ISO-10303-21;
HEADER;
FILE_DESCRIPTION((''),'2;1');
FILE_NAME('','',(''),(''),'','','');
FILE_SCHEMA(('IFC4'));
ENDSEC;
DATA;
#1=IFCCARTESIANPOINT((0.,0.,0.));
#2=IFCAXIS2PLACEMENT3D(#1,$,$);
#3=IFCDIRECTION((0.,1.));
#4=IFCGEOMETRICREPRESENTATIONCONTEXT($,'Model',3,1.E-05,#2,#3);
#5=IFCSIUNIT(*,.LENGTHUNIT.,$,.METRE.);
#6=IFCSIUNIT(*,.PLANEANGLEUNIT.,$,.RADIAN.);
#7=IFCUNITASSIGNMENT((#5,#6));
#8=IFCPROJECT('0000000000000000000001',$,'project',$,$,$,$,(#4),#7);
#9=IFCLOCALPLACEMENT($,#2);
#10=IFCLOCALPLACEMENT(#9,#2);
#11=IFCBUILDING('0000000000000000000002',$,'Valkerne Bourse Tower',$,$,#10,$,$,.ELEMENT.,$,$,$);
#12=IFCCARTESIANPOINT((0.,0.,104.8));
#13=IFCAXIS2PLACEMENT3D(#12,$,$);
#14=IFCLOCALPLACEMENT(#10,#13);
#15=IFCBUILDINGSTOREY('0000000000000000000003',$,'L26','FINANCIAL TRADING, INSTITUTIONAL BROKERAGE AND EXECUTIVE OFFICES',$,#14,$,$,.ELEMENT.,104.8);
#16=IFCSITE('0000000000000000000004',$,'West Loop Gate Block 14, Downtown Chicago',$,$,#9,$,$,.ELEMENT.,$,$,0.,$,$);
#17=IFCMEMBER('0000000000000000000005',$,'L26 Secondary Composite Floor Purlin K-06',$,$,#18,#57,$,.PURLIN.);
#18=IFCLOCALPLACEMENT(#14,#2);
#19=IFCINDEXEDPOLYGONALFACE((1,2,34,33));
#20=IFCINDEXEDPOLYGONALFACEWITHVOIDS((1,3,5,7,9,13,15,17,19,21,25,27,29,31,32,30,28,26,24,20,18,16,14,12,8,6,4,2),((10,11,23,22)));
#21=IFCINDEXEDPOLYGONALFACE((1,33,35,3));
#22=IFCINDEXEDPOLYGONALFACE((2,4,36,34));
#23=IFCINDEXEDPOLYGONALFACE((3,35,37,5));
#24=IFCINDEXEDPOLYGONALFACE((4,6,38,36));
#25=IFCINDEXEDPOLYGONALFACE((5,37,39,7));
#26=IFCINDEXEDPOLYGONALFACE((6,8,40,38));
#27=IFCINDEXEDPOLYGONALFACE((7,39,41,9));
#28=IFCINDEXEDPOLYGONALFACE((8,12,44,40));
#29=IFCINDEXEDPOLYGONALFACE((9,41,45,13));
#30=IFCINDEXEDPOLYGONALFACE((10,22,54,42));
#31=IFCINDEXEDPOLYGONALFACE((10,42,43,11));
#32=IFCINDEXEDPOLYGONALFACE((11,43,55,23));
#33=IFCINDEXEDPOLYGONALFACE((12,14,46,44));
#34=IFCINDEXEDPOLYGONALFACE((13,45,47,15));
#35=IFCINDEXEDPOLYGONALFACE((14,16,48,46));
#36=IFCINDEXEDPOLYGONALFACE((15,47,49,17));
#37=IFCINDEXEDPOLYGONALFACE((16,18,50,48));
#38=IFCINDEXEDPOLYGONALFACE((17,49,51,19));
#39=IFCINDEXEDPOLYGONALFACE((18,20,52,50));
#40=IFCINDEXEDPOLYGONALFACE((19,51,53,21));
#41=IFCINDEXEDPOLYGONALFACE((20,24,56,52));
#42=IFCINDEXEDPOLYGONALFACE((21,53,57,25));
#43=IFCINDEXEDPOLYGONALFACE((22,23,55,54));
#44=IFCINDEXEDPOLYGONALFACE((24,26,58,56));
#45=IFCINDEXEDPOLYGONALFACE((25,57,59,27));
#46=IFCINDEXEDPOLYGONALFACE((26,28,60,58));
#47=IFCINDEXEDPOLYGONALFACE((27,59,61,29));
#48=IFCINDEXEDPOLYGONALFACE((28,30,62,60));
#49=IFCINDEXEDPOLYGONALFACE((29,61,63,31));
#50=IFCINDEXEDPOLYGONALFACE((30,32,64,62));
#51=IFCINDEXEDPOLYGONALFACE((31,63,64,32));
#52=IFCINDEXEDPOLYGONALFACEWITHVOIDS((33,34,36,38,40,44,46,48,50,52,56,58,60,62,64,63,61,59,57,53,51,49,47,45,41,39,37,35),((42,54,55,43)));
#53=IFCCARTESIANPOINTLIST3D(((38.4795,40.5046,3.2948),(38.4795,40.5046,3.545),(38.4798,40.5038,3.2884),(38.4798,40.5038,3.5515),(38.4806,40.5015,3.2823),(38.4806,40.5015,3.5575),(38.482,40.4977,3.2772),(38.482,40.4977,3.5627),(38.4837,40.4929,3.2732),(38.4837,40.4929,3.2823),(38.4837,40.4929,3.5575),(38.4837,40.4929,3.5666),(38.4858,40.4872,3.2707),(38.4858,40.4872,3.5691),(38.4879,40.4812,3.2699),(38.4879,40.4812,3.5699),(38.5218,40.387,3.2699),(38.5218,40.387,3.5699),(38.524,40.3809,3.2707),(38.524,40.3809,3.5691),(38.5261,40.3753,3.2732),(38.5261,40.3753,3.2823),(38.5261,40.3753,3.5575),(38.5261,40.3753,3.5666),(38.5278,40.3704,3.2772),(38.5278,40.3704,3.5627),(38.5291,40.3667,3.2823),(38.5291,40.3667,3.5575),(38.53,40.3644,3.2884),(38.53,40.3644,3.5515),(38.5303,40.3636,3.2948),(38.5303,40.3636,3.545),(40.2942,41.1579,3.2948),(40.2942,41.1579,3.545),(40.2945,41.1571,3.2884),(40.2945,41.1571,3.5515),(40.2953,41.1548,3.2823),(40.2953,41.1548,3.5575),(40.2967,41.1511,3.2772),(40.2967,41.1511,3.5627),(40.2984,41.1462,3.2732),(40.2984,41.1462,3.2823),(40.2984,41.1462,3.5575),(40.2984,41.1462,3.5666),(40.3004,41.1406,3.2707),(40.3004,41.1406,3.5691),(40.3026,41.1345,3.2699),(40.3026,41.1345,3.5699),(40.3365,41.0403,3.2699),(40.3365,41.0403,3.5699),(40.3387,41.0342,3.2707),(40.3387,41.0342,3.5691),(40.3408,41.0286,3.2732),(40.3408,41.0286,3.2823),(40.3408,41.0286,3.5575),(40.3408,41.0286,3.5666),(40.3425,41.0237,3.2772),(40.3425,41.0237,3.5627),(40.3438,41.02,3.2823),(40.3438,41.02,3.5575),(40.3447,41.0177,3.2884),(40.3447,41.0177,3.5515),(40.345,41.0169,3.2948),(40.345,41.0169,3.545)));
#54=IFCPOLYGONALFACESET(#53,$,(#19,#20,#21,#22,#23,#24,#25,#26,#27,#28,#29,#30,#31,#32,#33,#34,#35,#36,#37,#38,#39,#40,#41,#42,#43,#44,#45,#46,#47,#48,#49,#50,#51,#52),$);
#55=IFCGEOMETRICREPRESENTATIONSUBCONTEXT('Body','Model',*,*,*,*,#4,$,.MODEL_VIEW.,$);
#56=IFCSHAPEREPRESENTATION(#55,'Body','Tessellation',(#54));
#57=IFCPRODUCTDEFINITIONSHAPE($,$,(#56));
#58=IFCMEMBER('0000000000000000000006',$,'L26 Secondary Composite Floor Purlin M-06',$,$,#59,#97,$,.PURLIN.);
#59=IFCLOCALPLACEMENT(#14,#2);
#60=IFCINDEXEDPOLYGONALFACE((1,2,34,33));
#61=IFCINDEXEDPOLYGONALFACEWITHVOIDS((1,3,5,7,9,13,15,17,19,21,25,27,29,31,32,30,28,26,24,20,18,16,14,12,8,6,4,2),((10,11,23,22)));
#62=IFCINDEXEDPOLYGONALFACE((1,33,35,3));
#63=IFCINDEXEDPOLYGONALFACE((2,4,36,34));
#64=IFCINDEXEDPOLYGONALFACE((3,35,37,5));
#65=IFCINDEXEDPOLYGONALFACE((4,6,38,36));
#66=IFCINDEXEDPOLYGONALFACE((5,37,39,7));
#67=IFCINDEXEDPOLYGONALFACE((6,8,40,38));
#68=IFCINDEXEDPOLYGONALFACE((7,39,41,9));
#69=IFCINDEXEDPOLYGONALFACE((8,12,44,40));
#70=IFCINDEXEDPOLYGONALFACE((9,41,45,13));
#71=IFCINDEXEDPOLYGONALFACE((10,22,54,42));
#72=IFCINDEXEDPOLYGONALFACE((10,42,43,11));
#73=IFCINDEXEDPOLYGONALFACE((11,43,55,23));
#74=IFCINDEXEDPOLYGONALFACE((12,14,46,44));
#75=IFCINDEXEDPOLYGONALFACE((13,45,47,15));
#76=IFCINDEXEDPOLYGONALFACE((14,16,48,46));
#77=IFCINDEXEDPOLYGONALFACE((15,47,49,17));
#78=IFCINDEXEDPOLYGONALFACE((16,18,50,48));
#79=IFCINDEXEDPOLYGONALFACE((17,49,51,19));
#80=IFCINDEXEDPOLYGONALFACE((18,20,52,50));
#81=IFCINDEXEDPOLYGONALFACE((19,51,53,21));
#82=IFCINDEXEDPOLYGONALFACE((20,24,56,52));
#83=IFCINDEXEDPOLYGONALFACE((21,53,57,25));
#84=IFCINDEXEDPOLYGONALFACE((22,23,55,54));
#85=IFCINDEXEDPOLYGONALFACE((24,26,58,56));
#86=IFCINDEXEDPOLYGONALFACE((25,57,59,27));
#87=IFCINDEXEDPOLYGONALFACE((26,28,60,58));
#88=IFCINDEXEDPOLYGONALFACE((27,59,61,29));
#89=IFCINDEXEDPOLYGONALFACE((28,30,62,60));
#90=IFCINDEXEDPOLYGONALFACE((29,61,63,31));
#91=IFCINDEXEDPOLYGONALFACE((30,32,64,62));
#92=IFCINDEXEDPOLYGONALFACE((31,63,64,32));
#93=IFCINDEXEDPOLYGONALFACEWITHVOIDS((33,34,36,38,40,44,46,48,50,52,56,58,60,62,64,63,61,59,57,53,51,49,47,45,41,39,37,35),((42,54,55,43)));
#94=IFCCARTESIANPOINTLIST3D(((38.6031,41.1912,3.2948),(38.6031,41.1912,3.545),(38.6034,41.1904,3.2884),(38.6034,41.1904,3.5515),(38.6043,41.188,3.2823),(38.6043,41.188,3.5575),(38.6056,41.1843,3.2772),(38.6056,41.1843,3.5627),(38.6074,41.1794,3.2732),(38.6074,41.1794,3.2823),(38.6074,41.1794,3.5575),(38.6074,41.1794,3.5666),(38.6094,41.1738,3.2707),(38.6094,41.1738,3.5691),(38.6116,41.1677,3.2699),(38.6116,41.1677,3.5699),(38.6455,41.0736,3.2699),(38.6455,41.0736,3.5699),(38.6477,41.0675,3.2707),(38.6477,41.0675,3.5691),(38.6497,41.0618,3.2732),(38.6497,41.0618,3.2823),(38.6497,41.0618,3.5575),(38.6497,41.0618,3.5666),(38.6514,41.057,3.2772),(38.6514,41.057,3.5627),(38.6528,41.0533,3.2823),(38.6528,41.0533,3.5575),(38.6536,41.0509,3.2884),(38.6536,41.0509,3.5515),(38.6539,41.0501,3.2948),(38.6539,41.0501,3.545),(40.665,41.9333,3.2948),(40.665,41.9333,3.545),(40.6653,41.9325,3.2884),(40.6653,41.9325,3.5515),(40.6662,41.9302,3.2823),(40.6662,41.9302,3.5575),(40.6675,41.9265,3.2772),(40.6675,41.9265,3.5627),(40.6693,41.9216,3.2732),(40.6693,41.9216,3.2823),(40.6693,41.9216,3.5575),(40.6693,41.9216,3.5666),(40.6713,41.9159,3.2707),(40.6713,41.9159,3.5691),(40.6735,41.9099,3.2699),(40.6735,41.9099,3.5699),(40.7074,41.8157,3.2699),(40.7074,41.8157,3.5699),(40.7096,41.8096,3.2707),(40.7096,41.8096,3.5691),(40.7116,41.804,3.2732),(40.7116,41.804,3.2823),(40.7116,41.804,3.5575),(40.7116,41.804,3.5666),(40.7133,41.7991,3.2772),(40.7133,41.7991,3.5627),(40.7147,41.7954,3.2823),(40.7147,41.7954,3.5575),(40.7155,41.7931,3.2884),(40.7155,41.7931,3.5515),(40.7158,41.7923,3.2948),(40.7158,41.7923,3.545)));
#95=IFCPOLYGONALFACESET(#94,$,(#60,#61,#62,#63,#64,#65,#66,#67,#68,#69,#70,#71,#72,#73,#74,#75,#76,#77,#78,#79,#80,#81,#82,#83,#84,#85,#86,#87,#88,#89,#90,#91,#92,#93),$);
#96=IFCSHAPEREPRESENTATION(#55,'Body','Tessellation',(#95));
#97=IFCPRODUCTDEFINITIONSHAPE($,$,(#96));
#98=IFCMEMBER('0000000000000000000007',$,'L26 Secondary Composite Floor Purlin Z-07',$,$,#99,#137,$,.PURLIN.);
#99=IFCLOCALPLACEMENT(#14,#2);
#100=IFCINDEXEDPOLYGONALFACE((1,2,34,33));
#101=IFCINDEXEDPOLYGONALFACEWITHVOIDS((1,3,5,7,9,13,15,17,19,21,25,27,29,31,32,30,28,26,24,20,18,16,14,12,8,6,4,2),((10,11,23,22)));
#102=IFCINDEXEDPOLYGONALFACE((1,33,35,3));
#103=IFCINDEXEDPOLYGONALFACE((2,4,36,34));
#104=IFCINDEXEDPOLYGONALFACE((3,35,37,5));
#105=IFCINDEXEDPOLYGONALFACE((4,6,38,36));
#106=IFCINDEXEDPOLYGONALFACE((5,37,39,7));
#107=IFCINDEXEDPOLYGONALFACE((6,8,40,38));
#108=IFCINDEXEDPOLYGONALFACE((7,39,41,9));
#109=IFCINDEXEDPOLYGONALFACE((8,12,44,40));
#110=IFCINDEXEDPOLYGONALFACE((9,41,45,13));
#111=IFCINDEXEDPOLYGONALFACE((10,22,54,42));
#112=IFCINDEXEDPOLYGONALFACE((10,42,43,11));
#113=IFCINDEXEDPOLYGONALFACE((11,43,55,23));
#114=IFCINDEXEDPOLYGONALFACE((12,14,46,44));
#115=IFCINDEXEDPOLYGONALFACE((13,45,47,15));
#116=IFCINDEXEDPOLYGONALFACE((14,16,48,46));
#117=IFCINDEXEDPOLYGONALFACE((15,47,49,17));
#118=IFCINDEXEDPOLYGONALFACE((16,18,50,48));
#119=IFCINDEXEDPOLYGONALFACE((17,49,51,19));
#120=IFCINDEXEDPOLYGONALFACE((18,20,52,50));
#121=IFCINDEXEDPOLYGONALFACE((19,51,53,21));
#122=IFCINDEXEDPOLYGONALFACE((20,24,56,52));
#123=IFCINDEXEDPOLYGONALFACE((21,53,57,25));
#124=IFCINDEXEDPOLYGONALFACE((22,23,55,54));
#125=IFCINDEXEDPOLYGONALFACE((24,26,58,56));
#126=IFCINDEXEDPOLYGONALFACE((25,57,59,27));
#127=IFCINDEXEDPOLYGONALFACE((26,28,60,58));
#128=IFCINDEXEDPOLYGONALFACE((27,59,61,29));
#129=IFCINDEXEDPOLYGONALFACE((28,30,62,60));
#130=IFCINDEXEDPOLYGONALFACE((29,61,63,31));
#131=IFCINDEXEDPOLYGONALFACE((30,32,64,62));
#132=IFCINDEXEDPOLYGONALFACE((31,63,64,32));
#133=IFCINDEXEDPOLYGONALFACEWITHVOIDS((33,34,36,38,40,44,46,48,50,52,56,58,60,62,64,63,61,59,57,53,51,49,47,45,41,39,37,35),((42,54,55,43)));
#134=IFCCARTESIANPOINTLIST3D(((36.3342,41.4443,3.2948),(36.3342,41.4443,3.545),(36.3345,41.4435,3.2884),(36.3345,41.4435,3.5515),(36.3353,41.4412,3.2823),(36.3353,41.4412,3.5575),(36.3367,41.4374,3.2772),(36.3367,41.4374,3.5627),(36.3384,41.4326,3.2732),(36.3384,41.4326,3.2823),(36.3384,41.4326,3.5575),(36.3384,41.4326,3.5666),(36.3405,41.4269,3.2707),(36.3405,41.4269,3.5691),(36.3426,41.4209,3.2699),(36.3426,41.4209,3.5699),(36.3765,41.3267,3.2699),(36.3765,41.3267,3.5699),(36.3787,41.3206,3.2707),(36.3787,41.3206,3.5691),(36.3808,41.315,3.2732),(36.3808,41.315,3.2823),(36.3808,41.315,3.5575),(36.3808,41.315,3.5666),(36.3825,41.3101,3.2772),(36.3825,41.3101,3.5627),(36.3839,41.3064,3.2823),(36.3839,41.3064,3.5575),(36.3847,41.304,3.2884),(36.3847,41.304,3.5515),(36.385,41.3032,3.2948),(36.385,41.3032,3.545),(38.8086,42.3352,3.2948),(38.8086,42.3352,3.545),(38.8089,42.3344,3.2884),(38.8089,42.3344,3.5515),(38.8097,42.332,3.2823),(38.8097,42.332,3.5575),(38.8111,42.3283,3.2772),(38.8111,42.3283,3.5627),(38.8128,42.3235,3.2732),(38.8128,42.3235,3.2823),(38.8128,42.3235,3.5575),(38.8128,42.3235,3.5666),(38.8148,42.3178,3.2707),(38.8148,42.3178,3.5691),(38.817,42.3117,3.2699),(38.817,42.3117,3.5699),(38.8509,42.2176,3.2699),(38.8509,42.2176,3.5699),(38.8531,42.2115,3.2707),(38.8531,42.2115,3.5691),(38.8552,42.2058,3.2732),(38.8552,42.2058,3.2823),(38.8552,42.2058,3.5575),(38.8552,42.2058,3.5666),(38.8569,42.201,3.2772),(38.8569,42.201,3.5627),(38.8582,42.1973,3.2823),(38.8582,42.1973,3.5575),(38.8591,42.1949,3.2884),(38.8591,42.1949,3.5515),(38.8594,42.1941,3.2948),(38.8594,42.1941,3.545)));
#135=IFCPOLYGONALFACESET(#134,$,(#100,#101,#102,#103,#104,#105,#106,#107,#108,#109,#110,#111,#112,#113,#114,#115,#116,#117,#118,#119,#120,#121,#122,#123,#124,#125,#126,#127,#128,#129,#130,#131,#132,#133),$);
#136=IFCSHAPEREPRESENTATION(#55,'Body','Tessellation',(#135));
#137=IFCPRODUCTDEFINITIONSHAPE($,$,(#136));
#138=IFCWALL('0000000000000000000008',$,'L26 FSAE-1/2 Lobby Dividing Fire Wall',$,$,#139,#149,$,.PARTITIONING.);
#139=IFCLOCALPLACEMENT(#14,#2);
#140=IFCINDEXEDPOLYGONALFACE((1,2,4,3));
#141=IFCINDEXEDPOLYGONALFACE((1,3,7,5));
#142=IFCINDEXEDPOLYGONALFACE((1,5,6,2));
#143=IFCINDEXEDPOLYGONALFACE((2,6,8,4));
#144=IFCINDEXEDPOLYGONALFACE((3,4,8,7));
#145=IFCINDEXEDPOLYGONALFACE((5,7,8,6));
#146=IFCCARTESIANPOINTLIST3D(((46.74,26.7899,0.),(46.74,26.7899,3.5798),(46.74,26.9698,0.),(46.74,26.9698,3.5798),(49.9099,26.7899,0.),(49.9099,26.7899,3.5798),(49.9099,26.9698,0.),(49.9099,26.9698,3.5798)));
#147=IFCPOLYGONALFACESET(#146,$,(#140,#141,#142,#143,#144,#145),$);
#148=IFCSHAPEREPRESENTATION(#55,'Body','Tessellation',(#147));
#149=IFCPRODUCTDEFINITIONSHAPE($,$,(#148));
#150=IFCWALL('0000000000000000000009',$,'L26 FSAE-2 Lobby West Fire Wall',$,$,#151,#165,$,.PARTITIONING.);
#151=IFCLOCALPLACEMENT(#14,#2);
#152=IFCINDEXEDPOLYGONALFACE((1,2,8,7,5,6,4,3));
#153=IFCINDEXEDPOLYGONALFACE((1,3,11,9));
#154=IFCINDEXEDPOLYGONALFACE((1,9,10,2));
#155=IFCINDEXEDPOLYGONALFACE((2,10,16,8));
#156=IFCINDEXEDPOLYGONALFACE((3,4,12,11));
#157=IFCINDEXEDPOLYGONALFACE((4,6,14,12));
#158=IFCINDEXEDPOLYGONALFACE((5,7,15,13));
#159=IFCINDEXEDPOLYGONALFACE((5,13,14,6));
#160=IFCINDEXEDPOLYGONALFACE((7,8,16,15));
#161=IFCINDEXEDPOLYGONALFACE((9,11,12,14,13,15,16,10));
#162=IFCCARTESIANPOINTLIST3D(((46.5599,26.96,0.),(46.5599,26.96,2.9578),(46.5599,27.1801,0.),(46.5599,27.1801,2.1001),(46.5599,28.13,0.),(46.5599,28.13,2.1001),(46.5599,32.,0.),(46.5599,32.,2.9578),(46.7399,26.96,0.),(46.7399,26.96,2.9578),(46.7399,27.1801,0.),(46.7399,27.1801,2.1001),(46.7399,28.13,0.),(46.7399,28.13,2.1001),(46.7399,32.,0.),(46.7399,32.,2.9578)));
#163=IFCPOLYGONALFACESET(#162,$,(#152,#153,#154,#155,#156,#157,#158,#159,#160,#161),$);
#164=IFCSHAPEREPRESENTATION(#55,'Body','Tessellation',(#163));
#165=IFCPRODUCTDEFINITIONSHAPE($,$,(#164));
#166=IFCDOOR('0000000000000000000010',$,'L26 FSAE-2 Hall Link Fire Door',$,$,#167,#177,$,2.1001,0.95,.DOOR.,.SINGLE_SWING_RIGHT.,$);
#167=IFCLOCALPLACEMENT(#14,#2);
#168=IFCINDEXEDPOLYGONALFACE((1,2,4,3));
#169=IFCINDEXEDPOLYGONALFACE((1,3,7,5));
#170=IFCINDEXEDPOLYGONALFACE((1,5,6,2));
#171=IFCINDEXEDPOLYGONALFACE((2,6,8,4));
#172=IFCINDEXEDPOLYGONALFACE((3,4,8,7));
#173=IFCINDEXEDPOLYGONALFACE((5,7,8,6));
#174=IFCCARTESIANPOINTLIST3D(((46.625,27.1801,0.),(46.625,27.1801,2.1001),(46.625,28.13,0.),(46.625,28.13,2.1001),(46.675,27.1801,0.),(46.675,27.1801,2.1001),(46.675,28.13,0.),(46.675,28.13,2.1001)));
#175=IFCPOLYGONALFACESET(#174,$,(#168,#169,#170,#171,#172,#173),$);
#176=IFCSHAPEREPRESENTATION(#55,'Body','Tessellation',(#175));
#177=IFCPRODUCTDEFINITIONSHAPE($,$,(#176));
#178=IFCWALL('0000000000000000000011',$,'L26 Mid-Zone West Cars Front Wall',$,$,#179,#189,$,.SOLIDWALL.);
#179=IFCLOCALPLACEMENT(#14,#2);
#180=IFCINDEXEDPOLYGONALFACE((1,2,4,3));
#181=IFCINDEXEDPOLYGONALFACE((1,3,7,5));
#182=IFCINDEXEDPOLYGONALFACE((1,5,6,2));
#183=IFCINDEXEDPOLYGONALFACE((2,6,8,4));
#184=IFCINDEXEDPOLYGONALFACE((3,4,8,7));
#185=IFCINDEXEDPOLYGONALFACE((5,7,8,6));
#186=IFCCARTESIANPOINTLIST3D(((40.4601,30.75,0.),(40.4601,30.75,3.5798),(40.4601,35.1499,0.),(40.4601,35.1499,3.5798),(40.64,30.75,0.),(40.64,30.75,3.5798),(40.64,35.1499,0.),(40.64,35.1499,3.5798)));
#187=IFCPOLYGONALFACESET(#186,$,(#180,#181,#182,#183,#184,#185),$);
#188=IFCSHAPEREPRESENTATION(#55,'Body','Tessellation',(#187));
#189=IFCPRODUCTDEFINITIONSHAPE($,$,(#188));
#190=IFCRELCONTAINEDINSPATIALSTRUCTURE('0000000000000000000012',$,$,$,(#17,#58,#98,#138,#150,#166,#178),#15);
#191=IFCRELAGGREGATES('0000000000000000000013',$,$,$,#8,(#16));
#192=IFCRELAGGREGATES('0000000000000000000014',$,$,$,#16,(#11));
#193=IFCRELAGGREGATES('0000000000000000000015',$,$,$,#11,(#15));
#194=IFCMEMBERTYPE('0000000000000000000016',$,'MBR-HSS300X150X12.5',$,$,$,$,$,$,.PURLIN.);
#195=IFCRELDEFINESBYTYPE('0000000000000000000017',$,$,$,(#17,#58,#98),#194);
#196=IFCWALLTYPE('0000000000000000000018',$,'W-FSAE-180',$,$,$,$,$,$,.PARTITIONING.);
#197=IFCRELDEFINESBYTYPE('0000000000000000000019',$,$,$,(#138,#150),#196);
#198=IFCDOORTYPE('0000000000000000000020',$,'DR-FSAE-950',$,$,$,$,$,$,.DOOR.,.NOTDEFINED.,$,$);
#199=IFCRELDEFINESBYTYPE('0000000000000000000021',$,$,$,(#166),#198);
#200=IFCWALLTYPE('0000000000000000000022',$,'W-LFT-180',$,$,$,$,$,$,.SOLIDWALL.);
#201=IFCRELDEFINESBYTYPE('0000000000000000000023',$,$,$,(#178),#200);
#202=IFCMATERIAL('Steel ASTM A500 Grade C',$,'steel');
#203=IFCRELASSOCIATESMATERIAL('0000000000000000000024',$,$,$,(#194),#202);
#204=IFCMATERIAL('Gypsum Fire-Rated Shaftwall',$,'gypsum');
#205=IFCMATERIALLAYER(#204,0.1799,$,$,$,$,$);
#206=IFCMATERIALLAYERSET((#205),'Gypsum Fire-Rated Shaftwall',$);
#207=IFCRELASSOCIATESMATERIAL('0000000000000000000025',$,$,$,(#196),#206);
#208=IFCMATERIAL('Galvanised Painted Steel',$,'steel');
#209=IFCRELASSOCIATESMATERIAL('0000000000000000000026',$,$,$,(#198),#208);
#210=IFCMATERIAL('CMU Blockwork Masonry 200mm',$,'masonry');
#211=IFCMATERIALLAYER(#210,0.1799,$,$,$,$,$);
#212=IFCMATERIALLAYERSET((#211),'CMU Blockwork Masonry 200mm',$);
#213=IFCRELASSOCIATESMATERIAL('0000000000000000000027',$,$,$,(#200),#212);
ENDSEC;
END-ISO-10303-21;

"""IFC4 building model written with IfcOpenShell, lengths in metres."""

from ifc_helpers import new_model, si_unit, direction, frame, frame_2d, origin, origin_2d, place, context, subcontext, project, spatial, rectangle, hollow_rectangle, extrude, material, layer, layer_set, material_profile, profile_set, type_object, element, fill, save


model = new_model("IFC4")

# Units and contexts
model_context = context("Model", 3, precision=1e-05, world=origin(), true_north=direction((0.0, 1.0)))
body_context = subcontext(model_context, "Body", "Model", "MODEL_VIEW")
ifc_project = project(units=[si_unit("LENGTHUNIT", "METRE"), si_unit("PLANEANGLEUNIT", "RADIAN")], contexts=[model_context])

# Site, building, storey
site_placement = place(None, origin())
site = spatial("IfcSite", under=ifc_project, at=site_placement, Name="West Loop Gate Block 14, Downtown Chicago", CompositionType="ELEMENT", RefElevation=0.0)
building_placement = place(site_placement, origin())
building = spatial("IfcBuilding", under=site, at=building_placement, Name="Valkerne Bourse Tower", CompositionType="ELEMENT")
storey_placement = place(building_placement, frame((0.0, 0.0, 104.8)))
storey = spatial("IfcBuildingStorey", under=building, at=storey_placement, Name="L26", Description="FINANCIAL TRADING, INSTITUTIONAL BROKERAGE AND EXECUTIVE OFFICES", CompositionType="ELEMENT", Elevation=104.8)

# Members
ifc_material_1 = material(Name="Steel ASTM A500 Grade C", Category="steel")
ifc_material_profile_1 = material_profile(ifc_material_1, hollow_rectangle(XDim=0.1499, YDim=0.3, WallThickness=0.0125, OuterFilletRadius=0.0249, at=origin_2d()), Name="HSS300X150X12.5")
ifc_profile_set_1 = profile_set([ifc_material_profile_1], Name="Steel ASTM A500 Grade C")
member_type = type_object("IfcMemberType", Name="MBR-HSS300X150X12.5", PredefinedType="PURLIN", material=ifc_profile_set_1)
member_1_placement = place(storey_placement, frame((40.3196, 41.0874, 3.4199), z_axis=(-0.940883, -0.338733, 0.0), x_axis=(0.338733, -0.940883, 0.0)))
element("IfcMember", 1, at=member_1_placement, inside=storey, type_object=member_type, Name="L26 Secondary Composite Floor Purlin K-06", PredefinedType="PURLIN", context=body_context, shape_type="SweptSolid", body=[
    extrude(hollow_rectangle(XDim=0.1499, YDim=0.3, WallThickness=0.0125, OuterFilletRadius=0.0249, at=origin_2d()), origin(), (0.0, 0.0, 1.0), 1.9287),
])
member_2_placement = place(storey_placement, frame((40.6904, 41.8628, 3.4199), z_axis=(-0.940907, -0.338664, 0.0), x_axis=(0.338664, -0.940907, 0.0)))
element("IfcMember", 2, at=member_2_placement, inside=storey, type_object=member_type, Name="L26 Secondary Composite Floor Purlin M-06", PredefinedType="PURLIN", context=body_context, shape_type="SweptSolid", body=[
    extrude(hollow_rectangle(XDim=0.1499, YDim=0.3, WallThickness=0.0125, OuterFilletRadius=0.0249, at=origin_2d()), origin(), (0.0, 0.0, 1.0), 2.1914),
])
member_3_placement = place(storey_placement, frame((38.834, 42.2646, 3.4199), z_axis=(-0.940876, -0.338752, 0.0), x_axis=(0.338752, -0.940876, 0.0)))
element("IfcMember", 3, at=member_3_placement, inside=storey, type_object=member_type, Name="L26 Secondary Composite Floor Purlin Z-07", PredefinedType="PURLIN", context=body_context, shape_type="SweptSolid", body=[
    extrude(hollow_rectangle(XDim=0.1499, YDim=0.3, WallThickness=0.0125, OuterFilletRadius=0.0249, at=origin_2d()), origin(), (0.0, 0.0, 1.0), 2.6299),
])

# Wall
ifc_material_2 = material(Name="Gypsum Fire-Rated Shaftwall", Category="gypsum")
ifc_layer_1 = layer(ifc_material_2, 0.1799)
ifc_layer_set_1 = layer_set([ifc_layer_1], Name="Gypsum Fire-Rated Shaftwall")
wall_type_1 = type_object("IfcWallType", Name="W-FSAE-180", PredefinedType="PARTITIONING", material=ifc_layer_set_1)
wall_1_placement = place(storey_placement, frame((46.74, 26.8799, 0.0), z_axis=(0.0, 0.0, 1.0), x_axis=(1.0, 0.0, 0.0)))
element("IfcWall", 4, at=wall_1_placement, inside=storey, type_object=wall_type_1, Name="L26 FSAE-1/2 Lobby Dividing Fire Wall", PredefinedType="PARTITIONING", context=body_context, shape_type="SweptSolid", body=[
    extrude(rectangle(XDim=3.1699, YDim=0.1799, at=frame_2d((1.585, 0.0))), origin(), (0.0, 0.0, 1.0), 3.5798),
])

# Wall, opening, door
wall_2_placement = place(storey_placement, frame((46.6499, 26.96, 0.0), z_axis=(0.0, 0.0, 1.0), x_axis=(0.0, 1.0, 0.0)))
wall_2 = element("IfcWall", 5, at=wall_2_placement, inside=storey, type_object=wall_type_1, Name="L26 FSAE-2 Lobby West Fire Wall", PredefinedType="PARTITIONING", context=body_context, shape_type="SweptSolid", body=[
    extrude(rectangle(XDim=5.04, YDim=0.1799, at=frame_2d((2.52, 0.0))), origin(), (0.0, 0.0, 1.0), 2.9578),
])
opening_1_placement = place(wall_2_placement, frame((0.22, 0.0, 0.0)))
opening_1 = element("IfcOpeningElement", 6, at=opening_1_placement, cuts=wall_2, PredefinedType="OPENING", context=body_context, shape_type="SweptSolid", body=[
    extrude(rectangle(XDim=0.95, YDim=2.1001, at=frame_2d((0.4751, 1.05))), frame((0.0, 0.0999, 0.0), z_axis=(0.0, -1.0, 0.0), x_axis=(1.0, 0.0, 0.0)), (0.0, 0.0, 1.0), 0.2),
])
ifc_material_3 = material(Name="Galvanised Painted Steel", Category="steel")
door_type_1 = type_object("IfcDoorType", Name="DR-FSAE-950", OperationType="NOTDEFINED", PredefinedType="DOOR", material=ifc_material_3)
door_1_placement = place(opening_1_placement, origin())
door_1 = element("IfcDoor", 7, at=door_1_placement, inside=storey, type_object=door_type_1, Name="L26 FSAE-2 Hall Link Fire Door", OperationType="SINGLE_SWING_RIGHT", OverallHeight=2.1001, OverallWidth=0.95, PredefinedType="DOOR", context=body_context, shape_type="SweptSolid", body=[
    extrude(rectangle(XDim=0.95, YDim=2.1001, at=frame_2d((0.4751, 1.05))), frame((0.0, 0.0249, 0.0), z_axis=(0.0, -1.0, 0.0), x_axis=(1.0, 0.0, 0.0)), (0.0, 0.0, 1.0), 0.05),
])
fill(opening_1, door_1)

# Wall
ifc_material_4 = material(Name="CMU Blockwork Masonry 200mm", Category="masonry")
ifc_layer_2 = layer(ifc_material_4, 0.1799)
ifc_layer_set_2 = layer_set([ifc_layer_2], Name="CMU Blockwork Masonry 200mm")
wall_type_2 = type_object("IfcWallType", Name="W-LFT-180", PredefinedType="SOLIDWALL", material=ifc_layer_set_2)
for number, where, z_axis, x_axis, name in (
    (8, (40.55, 30.75, 0.0), (0.0, 0.0, 1.0), (0.0, 1.0, 0.0), "L26 Mid-Zone West Cars Front Wall"),
):
    element("IfcWall", number, at=place(storey_placement, frame(where, z_axis=z_axis, x_axis=x_axis)), inside=storey, type_object=wall_type_2, Name=name, PredefinedType="SOLIDWALL", context=body_context, shape_type="SweptSolid", body=[
        extrude(rectangle(XDim=4.3999, YDim=0.1799, at=frame_2d((2.2, 0.0))), origin(), (0.0, 0.0, 1.0), 3.5798),
    ])

save(model, "model.ifc")
